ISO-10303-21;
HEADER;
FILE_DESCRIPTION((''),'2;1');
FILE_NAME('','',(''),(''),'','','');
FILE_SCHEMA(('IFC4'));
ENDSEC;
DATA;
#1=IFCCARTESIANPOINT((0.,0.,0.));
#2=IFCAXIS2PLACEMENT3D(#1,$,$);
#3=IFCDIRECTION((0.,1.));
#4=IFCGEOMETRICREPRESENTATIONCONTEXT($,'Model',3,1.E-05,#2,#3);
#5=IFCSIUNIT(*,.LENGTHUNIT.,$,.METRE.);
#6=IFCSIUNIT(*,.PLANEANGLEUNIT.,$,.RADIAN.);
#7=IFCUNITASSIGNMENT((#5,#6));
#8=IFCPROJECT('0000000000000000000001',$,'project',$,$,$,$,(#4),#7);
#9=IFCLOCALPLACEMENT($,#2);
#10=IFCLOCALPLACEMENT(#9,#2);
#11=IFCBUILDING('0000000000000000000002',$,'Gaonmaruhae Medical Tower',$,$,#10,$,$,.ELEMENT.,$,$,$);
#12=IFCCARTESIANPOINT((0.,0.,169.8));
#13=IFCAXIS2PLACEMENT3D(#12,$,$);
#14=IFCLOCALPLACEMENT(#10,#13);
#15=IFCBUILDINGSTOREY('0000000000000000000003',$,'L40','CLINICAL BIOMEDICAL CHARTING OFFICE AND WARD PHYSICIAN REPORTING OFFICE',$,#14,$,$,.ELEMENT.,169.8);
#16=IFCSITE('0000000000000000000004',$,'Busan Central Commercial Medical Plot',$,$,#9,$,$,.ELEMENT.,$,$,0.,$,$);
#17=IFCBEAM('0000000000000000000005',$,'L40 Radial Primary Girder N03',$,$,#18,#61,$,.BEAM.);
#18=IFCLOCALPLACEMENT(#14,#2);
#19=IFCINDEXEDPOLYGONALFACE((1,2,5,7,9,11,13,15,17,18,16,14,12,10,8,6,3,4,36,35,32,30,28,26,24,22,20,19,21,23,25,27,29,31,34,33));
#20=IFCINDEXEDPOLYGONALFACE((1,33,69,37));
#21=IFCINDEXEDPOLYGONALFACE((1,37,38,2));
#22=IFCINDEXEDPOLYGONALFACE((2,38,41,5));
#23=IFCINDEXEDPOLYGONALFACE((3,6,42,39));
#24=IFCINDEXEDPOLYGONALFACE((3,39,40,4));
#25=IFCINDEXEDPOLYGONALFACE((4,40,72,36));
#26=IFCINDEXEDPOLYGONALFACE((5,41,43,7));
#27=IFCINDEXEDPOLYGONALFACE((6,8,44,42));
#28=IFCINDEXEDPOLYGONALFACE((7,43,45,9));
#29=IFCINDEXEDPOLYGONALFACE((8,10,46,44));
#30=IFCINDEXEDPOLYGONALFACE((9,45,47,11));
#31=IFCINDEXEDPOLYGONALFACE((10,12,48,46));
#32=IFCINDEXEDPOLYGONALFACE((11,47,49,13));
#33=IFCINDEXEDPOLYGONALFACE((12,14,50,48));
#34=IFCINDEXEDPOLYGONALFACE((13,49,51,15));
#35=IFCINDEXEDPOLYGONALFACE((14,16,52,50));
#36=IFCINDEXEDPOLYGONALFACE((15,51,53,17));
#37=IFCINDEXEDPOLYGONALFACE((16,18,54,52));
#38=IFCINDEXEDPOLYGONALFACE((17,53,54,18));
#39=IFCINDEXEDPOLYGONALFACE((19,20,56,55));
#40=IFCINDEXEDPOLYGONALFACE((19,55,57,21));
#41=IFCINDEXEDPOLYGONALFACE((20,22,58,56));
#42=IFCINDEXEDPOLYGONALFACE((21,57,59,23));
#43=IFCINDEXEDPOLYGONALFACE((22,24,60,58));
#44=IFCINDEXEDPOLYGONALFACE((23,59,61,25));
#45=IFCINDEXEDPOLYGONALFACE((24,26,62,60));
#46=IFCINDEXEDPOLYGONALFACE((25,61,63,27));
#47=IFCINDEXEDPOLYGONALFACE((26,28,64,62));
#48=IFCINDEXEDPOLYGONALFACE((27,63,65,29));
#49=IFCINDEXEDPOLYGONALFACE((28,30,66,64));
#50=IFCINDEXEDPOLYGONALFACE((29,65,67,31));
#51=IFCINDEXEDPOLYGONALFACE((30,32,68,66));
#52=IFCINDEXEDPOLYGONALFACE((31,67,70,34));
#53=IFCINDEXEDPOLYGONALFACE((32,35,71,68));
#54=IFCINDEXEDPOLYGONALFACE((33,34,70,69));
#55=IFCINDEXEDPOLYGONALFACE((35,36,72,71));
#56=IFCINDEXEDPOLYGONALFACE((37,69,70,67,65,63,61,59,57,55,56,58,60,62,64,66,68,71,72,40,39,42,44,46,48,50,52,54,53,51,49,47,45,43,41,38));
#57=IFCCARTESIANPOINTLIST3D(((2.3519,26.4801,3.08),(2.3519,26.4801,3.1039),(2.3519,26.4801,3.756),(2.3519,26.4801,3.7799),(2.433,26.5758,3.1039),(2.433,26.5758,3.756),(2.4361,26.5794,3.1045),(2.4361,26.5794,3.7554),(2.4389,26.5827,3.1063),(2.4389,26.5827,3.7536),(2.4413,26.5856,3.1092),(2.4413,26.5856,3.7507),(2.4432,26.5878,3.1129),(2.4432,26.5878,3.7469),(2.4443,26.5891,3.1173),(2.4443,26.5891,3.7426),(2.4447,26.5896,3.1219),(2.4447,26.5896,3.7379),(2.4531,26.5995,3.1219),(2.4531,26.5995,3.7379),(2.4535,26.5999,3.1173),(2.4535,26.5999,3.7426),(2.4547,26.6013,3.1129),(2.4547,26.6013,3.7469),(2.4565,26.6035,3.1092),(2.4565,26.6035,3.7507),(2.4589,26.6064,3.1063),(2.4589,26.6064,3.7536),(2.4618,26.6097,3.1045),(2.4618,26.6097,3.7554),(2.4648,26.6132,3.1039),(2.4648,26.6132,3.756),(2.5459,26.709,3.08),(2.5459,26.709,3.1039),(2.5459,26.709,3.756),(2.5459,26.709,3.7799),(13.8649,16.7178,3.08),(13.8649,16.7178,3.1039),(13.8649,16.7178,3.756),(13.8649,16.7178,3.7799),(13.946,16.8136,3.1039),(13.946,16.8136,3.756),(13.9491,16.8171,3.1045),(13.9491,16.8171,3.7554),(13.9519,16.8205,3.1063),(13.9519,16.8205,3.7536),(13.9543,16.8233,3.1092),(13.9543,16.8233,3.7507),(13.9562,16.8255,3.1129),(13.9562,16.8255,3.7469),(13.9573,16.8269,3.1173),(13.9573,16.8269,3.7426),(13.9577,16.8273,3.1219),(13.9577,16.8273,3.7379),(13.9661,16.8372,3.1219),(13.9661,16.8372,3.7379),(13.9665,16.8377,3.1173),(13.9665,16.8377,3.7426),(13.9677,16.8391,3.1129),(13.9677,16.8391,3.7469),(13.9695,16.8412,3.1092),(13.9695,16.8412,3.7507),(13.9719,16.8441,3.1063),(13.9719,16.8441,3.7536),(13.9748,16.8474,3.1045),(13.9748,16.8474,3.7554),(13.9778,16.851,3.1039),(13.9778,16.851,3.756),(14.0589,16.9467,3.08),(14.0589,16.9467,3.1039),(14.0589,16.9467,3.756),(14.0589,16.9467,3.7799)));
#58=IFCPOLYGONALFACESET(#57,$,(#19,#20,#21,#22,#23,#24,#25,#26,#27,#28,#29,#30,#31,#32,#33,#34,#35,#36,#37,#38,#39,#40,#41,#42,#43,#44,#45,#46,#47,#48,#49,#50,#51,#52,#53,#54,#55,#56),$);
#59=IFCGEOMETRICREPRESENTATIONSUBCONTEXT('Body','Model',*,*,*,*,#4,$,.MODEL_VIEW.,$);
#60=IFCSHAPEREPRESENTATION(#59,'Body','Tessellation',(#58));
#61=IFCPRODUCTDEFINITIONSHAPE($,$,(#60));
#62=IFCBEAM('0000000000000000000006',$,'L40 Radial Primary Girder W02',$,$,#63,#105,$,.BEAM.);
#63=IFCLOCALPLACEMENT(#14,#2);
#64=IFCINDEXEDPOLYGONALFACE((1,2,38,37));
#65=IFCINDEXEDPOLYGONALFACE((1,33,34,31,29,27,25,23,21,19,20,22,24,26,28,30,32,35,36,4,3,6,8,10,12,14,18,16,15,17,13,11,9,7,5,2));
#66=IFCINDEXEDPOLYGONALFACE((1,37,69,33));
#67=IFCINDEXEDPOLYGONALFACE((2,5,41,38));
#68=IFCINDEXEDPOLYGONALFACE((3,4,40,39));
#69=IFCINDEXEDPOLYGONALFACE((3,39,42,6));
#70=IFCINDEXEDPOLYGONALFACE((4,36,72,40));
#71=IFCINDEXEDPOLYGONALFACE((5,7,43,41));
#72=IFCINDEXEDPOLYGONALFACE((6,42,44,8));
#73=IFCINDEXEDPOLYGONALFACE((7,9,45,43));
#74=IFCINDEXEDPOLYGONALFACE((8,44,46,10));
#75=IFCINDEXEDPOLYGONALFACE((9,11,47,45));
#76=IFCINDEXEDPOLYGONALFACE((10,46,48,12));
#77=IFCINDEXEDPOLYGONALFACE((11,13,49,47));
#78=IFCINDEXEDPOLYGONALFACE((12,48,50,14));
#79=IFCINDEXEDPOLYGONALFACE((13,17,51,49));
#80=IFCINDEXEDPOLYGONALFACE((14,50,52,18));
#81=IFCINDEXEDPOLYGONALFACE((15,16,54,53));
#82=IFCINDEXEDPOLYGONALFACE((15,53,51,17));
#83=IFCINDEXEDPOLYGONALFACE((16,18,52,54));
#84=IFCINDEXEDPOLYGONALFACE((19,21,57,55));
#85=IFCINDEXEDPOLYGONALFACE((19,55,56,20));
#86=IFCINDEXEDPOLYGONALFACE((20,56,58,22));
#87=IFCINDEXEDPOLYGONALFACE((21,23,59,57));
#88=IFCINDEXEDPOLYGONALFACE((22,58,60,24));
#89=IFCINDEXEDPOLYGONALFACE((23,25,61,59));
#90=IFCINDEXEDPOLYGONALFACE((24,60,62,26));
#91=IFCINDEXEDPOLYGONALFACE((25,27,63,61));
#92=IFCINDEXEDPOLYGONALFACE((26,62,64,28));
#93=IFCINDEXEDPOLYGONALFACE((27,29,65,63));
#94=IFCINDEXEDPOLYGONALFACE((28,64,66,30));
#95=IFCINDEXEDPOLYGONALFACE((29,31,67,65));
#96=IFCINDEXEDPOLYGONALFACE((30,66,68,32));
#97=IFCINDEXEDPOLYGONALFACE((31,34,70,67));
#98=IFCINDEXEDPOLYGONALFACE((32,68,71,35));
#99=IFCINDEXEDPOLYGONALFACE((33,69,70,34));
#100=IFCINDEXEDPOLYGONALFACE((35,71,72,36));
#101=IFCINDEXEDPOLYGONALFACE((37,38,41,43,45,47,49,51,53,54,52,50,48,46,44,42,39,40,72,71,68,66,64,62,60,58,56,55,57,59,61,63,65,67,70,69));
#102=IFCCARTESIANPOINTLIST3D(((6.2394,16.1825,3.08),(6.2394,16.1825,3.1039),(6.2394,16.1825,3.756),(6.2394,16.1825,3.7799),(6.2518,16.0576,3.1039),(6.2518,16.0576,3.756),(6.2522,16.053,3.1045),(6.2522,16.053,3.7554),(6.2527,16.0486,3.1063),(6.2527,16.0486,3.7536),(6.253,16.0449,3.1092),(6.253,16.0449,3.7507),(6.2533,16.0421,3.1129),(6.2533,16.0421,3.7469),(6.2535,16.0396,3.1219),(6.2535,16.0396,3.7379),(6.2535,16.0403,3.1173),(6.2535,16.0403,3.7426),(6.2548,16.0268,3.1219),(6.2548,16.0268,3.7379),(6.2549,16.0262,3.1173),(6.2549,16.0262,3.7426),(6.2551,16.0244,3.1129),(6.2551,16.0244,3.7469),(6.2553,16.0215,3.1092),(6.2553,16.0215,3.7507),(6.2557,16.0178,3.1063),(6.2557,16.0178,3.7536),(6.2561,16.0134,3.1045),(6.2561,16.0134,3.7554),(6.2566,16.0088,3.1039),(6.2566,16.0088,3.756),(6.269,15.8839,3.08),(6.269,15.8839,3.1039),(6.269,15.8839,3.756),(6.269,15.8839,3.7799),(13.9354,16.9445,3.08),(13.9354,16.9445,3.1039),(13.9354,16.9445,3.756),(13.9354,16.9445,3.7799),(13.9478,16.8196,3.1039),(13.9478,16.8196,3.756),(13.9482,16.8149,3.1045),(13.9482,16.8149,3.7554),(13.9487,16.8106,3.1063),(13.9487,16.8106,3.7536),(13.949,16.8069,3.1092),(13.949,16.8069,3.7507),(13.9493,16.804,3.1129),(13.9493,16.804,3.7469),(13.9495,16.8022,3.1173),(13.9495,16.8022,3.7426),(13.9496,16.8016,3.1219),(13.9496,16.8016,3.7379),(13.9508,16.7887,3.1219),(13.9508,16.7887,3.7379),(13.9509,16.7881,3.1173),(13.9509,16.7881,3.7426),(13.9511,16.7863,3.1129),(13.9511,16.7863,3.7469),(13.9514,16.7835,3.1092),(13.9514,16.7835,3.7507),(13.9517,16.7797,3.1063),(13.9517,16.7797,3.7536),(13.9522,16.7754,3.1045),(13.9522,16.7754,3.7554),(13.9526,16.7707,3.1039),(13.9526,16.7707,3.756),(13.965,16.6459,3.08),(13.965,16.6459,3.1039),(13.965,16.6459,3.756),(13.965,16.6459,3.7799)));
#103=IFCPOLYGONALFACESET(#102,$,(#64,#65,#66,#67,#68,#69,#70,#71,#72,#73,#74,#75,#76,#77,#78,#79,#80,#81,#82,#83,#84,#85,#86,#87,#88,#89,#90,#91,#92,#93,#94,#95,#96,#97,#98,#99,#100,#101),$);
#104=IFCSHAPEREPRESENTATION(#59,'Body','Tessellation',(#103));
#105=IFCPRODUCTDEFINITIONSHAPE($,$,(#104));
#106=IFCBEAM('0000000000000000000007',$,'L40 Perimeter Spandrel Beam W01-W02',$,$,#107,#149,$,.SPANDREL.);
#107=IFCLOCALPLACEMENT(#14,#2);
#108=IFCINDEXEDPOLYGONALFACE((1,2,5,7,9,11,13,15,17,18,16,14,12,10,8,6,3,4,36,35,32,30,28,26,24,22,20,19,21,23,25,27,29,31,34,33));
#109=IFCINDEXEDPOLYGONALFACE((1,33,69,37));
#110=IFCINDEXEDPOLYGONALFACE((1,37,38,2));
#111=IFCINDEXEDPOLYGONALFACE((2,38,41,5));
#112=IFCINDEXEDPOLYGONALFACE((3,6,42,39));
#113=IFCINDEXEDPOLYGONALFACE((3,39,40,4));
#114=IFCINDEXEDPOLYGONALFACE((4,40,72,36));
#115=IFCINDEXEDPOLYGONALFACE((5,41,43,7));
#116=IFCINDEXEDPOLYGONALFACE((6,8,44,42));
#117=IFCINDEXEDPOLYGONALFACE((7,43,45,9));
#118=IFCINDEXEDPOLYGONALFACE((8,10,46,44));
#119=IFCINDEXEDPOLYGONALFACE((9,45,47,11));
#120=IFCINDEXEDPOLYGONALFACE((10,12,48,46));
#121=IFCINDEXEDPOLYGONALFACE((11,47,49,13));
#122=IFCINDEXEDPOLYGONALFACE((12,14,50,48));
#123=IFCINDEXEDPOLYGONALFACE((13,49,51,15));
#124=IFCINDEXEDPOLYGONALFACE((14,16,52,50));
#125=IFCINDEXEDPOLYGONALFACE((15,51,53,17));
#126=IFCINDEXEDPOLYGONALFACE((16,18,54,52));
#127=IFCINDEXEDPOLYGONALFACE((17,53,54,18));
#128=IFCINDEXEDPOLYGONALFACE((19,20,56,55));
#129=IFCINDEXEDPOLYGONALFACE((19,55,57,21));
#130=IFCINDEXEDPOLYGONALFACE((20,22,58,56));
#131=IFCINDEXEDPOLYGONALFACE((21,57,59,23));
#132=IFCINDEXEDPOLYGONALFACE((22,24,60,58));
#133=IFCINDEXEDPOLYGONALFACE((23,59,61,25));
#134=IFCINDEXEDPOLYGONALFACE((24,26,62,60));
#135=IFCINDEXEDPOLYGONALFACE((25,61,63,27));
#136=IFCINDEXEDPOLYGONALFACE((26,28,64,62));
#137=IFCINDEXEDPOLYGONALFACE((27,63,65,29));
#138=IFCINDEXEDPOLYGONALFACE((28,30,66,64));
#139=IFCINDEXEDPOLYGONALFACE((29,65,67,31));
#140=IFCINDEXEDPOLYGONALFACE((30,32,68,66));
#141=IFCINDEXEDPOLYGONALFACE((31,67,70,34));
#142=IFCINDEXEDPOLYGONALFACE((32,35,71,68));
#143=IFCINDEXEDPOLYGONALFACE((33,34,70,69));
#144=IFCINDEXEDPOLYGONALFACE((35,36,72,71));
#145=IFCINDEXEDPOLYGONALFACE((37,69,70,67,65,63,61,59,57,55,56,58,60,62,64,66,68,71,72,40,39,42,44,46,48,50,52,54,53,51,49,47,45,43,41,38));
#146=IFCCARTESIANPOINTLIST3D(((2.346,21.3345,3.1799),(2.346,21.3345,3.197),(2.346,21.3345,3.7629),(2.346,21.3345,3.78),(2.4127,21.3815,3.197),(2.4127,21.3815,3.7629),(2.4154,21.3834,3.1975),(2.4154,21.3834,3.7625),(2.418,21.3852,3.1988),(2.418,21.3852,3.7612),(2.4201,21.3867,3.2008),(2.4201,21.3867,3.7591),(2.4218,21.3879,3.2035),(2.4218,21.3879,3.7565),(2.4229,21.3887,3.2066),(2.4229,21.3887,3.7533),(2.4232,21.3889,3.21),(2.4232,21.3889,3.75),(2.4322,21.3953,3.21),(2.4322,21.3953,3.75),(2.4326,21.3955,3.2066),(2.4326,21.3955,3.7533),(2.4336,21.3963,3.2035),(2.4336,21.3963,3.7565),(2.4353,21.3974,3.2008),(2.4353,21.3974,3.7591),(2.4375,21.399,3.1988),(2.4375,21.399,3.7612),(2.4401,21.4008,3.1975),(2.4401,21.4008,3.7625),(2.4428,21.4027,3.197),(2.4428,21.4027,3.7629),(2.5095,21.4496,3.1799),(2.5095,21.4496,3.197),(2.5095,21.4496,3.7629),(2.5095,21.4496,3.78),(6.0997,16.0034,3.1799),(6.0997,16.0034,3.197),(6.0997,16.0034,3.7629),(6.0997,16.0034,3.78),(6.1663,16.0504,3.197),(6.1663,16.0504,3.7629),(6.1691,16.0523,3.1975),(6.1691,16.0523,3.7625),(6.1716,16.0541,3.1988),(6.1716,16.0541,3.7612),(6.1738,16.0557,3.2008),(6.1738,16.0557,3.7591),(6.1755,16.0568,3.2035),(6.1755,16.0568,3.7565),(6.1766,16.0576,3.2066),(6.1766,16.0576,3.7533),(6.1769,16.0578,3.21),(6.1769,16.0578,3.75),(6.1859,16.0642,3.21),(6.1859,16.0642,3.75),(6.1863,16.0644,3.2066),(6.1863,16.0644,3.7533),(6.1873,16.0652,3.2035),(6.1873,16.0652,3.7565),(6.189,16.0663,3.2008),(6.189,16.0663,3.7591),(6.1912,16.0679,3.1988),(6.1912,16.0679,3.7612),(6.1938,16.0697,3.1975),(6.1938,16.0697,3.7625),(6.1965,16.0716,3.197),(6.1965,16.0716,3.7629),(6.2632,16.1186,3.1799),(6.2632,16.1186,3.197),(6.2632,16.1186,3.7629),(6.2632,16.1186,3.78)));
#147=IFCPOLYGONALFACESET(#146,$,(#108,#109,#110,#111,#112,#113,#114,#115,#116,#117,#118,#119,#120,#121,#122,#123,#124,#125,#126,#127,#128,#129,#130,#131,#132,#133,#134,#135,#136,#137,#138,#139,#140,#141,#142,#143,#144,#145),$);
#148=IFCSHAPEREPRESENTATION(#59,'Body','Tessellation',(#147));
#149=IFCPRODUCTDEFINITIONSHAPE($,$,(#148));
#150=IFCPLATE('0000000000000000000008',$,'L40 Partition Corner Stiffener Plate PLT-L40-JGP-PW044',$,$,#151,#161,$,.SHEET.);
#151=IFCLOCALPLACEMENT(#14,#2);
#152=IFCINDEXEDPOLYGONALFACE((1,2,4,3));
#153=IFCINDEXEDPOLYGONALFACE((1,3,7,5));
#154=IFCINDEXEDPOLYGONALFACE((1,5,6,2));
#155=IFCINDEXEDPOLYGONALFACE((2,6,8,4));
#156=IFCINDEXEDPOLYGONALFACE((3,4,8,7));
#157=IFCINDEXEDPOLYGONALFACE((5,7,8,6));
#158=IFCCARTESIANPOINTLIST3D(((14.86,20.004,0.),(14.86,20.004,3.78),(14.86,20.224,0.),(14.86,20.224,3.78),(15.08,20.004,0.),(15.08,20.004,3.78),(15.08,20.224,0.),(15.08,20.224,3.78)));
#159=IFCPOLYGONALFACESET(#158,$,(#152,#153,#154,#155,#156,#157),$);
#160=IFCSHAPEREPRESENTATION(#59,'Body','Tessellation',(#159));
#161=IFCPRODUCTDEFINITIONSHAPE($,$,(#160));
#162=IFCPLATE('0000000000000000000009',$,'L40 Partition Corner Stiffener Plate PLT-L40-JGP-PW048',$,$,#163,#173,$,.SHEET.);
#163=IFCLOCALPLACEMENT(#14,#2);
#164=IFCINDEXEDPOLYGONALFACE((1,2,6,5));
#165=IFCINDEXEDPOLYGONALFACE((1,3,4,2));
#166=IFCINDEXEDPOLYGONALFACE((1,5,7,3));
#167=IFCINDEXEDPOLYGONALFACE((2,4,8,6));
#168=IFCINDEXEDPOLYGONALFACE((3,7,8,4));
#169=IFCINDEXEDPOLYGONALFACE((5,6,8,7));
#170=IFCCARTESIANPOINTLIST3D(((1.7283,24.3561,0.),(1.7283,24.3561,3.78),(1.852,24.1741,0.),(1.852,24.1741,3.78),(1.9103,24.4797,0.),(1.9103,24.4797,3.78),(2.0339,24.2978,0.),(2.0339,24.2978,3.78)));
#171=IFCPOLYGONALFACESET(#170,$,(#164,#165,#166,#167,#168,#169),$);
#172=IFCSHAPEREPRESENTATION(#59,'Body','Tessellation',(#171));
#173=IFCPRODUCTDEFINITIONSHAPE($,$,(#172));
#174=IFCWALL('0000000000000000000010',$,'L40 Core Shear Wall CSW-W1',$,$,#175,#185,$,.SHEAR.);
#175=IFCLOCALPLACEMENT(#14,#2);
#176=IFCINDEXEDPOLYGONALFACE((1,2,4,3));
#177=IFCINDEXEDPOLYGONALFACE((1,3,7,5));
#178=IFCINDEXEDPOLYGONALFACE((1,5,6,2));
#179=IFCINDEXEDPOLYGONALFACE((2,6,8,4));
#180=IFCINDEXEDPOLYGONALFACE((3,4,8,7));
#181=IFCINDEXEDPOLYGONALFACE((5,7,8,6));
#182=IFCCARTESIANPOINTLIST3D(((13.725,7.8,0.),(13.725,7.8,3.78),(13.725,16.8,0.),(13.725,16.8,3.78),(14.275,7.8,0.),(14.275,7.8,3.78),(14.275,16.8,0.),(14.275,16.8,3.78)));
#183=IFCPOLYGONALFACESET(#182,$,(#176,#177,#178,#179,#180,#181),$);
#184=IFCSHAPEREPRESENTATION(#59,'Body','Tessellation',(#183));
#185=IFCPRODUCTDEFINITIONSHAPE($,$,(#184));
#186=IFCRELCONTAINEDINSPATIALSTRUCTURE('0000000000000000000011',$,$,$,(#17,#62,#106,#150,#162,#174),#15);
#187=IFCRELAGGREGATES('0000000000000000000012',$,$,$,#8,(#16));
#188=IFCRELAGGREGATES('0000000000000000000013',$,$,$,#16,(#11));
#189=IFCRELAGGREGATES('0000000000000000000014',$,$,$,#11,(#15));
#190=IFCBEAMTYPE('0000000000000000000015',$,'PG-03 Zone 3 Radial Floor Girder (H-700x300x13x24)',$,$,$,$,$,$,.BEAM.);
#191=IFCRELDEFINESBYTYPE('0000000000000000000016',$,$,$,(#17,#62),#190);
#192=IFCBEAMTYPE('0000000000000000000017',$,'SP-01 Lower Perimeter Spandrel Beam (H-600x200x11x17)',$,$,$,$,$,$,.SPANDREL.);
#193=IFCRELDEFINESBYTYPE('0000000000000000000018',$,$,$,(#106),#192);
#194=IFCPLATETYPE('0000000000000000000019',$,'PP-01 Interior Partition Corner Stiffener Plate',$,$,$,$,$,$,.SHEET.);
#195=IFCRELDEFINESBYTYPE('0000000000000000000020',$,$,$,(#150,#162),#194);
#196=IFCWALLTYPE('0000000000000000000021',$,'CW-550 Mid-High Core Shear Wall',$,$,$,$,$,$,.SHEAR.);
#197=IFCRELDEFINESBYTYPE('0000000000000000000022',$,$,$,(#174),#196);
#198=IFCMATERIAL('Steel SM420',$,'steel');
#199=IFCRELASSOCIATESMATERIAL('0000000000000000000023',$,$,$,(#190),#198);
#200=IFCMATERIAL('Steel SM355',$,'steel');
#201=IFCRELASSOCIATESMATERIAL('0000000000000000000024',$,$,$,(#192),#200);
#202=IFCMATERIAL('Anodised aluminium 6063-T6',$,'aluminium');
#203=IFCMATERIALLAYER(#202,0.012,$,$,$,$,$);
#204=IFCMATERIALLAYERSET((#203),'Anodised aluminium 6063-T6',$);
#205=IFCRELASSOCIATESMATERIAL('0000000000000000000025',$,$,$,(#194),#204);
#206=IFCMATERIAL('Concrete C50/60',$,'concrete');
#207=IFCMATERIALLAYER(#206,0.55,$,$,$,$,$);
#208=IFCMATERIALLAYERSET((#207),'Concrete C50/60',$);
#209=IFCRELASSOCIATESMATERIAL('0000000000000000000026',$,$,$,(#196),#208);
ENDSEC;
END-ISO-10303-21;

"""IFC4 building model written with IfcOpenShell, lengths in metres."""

from ifc_helpers import new_model, si_unit, direction, frame, frame_2d, origin, origin_2d, place, context, subcontext, project, spatial, rectangle, i_section, extrude, material, layer, layer_set, material_profile, profile_set, type_object, element, save


model = new_model("IFC4")

# Units and contexts
model_context = context("Model", 3, precision=1e-05, world=origin(), true_north=direction((0.0, 1.0)))
body_context = subcontext(model_context, "Body", "Model", "MODEL_VIEW")
ifc_project = project(units=[si_unit("LENGTHUNIT", "METRE"), si_unit("PLANEANGLEUNIT", "RADIAN")], contexts=[model_context])

# Site, building, storey
site_placement = place(None, origin())
site = spatial("IfcSite", under=ifc_project, at=site_placement, Name="Busan Central Commercial Medical Plot", CompositionType="ELEMENT", RefElevation=0.0)
building_placement = place(site_placement, origin())
building = spatial("IfcBuilding", under=site, at=building_placement, Name="Gaonmaruhae Medical Tower", CompositionType="ELEMENT")
storey_placement = place(building_placement, frame((0.0, 0.0, 169.8)))
storey = spatial("IfcBuildingStorey", under=building, at=storey_placement, Name="L40", Description="CLINICAL BIOMEDICAL CHARTING OFFICE AND WARD PHYSICIAN REPORTING OFFICE", CompositionType="ELEMENT", Elevation=169.8)

# Shared definitions
ifc_material_1 = material(Name="Concrete C50/60", Category="concrete")

# Beams
ifc_material_2 = material(Name="Steel SM355", Category="steel")
ifc_material_3 = material(Name="Steel SM420", Category="steel")
ifc_material_profile_1 = material_profile(ifc_material_3, i_section(OverallWidth=0.3, OverallDepth=0.7, WebThickness=0.0129, FlangeThickness=0.0239, FilletRadius=0.0181, at=origin_2d()), Name="H-700x300x13x24")
ifc_profile_set_1 = profile_set([ifc_material_profile_1], Name="Steel SM420")
beam_type_1 = type_object("IfcBeamType", Name="PG-03 Zone 3 Radial Floor Girder (H-700x300x13x24)", PredefinedType="BEAM", material=ifc_profile_set_1)
beam_1_placement = place(storey_placement, frame((13.9619, 16.8323, 3.4299), z_axis=(-0.762717, 0.646733, 0.0), x_axis=(-0.646733, -0.762717, 0.0)))
element("IfcBeam", 1, at=beam_1_placement, inside=storey, type_object=beam_type_1, Name="L40 Radial Primary Girder N03", PredefinedType="BEAM", context=body_context, shape_type="SweptSolid", body=[
    extrude(i_section(OverallWidth=0.3, OverallDepth=0.7, WebThickness=0.0129, FlangeThickness=0.0239, FilletRadius=0.0181, at=origin_2d()), origin(), (0.0, 0.0, 1.0), 15.0947),
])
beam_2_placement = place(storey_placement, frame((13.9502, 16.7952, 3.4299), z_axis=(-0.995135, -0.098525, 0.0), x_axis=(0.098525, -0.995135, 0.0)))
element("IfcBeam", 2, at=beam_2_placement, inside=storey, type_object=beam_type_1, Name="L40 Radial Primary Girder W02", PredefinedType="BEAM", context=body_context, shape_type="SweptSolid", body=[
    extrude(i_section(OverallWidth=0.3, OverallDepth=0.7, WebThickness=0.0129, FlangeThickness=0.0239, FilletRadius=0.0181, at=origin_2d()), origin(), (0.0, 0.0, 1.0), 7.7336),
])
ifc_material_profile_2 = material_profile(ifc_material_2, i_section(OverallWidth=0.2, OverallDepth=0.6001, WebThickness=0.011, FlangeThickness=0.0171, FilletRadius=0.0129, at=origin_2d()), Name="H-600x200x11x17")
ifc_profile_set_2 = profile_set([ifc_material_profile_2], Name="Steel SM355")
beam_type_2 = type_object("IfcBeamType", Name="SP-01 Lower Perimeter Spandrel Beam (H-600x200x11x17)", PredefinedType="SPANDREL", material=ifc_profile_set_2)
beam_3_placement = place(storey_placement, frame((2.4277, 21.3921, 3.48), z_axis=(0.575717, -0.817649, 0.0), x_axis=(0.817649, 0.575717, 0.0)))
element("IfcBeam", 3, at=beam_3_placement, inside=storey, type_object=beam_type_2, Name="L40 Perimeter Spandrel Beam W01-W02", PredefinedType="SPANDREL", context=body_context, shape_type="SweptSolid", body=[
    extrude(i_section(OverallWidth=0.2, OverallDepth=0.6001, WebThickness=0.011, FlangeThickness=0.0171, FilletRadius=0.0129, at=origin_2d()), origin(), (0.0, 0.0, 1.0), 6.52),
])

# Plates
ifc_material_4 = material(Name="Anodised aluminium 6063-T6", Category="aluminium")
ifc_layer_1 = layer(ifc_material_4, 0.012)
ifc_layer_set_1 = layer_set([ifc_layer_1], Name="Anodised aluminium 6063-T6")
plate_type = type_object("IfcPlateType", Name="PP-01 Interior Partition Corner Stiffener Plate", PredefinedType="SHEET", material=ifc_layer_set_1)
for number, where, z_axis, x_axis, name in (
    (4, (14.97, 20.114, 0.0), (0.0, 0.0, 1.0), (0.0, -1.0, 0.0), "L40 Partition Corner Stiffener Plate PLT-L40-JGP-PW044"),
    (5, (1.8811, 24.3269, 0.0), (0.0, 0.0, 1.0), (-0.562055, 0.8271, 0.0), "L40 Partition Corner Stiffener Plate PLT-L40-JGP-PW048"),
):
    element("IfcPlate", number, at=place(storey_placement, frame(where, z_axis=z_axis, x_axis=x_axis)), inside=storey, type_object=plate_type, Name=name, PredefinedType="SHEET", context=body_context, shape_type="SweptSolid", body=[
        extrude(rectangle(XDim=0.22, YDim=0.22, at=origin_2d()), origin(), (0.0, 0.0, 1.0), 3.78),
    ])

# Wall
ifc_layer_2 = layer(ifc_material_1, 0.55)
ifc_layer_set_2 = layer_set([ifc_layer_2], Name="Concrete C50/60")
wall_type_1 = type_object("IfcWallType", Name="CW-550 Mid-High Core Shear Wall", PredefinedType="SHEAR", material=ifc_layer_set_2)
wall_1_placement = place(storey_placement, frame((14.0, 16.8, 0.0), z_axis=(0.0, 0.0, 1.0), x_axis=(0.0, -1.0, 0.0)))
element("IfcWall", 6, at=wall_1_placement, inside=storey, type_object=wall_type_1, Name="L40 Core Shear Wall CSW-W1", PredefinedType="SHEAR", context=body_context, shape_type="SweptSolid", body=[
    extrude(rectangle(XDim=9.0, YDim=0.55, at=frame_2d((4.5, 0.0))), origin(), (0.0, 0.0, 1.0), 3.78),
])

save(model, "model.ifc")
